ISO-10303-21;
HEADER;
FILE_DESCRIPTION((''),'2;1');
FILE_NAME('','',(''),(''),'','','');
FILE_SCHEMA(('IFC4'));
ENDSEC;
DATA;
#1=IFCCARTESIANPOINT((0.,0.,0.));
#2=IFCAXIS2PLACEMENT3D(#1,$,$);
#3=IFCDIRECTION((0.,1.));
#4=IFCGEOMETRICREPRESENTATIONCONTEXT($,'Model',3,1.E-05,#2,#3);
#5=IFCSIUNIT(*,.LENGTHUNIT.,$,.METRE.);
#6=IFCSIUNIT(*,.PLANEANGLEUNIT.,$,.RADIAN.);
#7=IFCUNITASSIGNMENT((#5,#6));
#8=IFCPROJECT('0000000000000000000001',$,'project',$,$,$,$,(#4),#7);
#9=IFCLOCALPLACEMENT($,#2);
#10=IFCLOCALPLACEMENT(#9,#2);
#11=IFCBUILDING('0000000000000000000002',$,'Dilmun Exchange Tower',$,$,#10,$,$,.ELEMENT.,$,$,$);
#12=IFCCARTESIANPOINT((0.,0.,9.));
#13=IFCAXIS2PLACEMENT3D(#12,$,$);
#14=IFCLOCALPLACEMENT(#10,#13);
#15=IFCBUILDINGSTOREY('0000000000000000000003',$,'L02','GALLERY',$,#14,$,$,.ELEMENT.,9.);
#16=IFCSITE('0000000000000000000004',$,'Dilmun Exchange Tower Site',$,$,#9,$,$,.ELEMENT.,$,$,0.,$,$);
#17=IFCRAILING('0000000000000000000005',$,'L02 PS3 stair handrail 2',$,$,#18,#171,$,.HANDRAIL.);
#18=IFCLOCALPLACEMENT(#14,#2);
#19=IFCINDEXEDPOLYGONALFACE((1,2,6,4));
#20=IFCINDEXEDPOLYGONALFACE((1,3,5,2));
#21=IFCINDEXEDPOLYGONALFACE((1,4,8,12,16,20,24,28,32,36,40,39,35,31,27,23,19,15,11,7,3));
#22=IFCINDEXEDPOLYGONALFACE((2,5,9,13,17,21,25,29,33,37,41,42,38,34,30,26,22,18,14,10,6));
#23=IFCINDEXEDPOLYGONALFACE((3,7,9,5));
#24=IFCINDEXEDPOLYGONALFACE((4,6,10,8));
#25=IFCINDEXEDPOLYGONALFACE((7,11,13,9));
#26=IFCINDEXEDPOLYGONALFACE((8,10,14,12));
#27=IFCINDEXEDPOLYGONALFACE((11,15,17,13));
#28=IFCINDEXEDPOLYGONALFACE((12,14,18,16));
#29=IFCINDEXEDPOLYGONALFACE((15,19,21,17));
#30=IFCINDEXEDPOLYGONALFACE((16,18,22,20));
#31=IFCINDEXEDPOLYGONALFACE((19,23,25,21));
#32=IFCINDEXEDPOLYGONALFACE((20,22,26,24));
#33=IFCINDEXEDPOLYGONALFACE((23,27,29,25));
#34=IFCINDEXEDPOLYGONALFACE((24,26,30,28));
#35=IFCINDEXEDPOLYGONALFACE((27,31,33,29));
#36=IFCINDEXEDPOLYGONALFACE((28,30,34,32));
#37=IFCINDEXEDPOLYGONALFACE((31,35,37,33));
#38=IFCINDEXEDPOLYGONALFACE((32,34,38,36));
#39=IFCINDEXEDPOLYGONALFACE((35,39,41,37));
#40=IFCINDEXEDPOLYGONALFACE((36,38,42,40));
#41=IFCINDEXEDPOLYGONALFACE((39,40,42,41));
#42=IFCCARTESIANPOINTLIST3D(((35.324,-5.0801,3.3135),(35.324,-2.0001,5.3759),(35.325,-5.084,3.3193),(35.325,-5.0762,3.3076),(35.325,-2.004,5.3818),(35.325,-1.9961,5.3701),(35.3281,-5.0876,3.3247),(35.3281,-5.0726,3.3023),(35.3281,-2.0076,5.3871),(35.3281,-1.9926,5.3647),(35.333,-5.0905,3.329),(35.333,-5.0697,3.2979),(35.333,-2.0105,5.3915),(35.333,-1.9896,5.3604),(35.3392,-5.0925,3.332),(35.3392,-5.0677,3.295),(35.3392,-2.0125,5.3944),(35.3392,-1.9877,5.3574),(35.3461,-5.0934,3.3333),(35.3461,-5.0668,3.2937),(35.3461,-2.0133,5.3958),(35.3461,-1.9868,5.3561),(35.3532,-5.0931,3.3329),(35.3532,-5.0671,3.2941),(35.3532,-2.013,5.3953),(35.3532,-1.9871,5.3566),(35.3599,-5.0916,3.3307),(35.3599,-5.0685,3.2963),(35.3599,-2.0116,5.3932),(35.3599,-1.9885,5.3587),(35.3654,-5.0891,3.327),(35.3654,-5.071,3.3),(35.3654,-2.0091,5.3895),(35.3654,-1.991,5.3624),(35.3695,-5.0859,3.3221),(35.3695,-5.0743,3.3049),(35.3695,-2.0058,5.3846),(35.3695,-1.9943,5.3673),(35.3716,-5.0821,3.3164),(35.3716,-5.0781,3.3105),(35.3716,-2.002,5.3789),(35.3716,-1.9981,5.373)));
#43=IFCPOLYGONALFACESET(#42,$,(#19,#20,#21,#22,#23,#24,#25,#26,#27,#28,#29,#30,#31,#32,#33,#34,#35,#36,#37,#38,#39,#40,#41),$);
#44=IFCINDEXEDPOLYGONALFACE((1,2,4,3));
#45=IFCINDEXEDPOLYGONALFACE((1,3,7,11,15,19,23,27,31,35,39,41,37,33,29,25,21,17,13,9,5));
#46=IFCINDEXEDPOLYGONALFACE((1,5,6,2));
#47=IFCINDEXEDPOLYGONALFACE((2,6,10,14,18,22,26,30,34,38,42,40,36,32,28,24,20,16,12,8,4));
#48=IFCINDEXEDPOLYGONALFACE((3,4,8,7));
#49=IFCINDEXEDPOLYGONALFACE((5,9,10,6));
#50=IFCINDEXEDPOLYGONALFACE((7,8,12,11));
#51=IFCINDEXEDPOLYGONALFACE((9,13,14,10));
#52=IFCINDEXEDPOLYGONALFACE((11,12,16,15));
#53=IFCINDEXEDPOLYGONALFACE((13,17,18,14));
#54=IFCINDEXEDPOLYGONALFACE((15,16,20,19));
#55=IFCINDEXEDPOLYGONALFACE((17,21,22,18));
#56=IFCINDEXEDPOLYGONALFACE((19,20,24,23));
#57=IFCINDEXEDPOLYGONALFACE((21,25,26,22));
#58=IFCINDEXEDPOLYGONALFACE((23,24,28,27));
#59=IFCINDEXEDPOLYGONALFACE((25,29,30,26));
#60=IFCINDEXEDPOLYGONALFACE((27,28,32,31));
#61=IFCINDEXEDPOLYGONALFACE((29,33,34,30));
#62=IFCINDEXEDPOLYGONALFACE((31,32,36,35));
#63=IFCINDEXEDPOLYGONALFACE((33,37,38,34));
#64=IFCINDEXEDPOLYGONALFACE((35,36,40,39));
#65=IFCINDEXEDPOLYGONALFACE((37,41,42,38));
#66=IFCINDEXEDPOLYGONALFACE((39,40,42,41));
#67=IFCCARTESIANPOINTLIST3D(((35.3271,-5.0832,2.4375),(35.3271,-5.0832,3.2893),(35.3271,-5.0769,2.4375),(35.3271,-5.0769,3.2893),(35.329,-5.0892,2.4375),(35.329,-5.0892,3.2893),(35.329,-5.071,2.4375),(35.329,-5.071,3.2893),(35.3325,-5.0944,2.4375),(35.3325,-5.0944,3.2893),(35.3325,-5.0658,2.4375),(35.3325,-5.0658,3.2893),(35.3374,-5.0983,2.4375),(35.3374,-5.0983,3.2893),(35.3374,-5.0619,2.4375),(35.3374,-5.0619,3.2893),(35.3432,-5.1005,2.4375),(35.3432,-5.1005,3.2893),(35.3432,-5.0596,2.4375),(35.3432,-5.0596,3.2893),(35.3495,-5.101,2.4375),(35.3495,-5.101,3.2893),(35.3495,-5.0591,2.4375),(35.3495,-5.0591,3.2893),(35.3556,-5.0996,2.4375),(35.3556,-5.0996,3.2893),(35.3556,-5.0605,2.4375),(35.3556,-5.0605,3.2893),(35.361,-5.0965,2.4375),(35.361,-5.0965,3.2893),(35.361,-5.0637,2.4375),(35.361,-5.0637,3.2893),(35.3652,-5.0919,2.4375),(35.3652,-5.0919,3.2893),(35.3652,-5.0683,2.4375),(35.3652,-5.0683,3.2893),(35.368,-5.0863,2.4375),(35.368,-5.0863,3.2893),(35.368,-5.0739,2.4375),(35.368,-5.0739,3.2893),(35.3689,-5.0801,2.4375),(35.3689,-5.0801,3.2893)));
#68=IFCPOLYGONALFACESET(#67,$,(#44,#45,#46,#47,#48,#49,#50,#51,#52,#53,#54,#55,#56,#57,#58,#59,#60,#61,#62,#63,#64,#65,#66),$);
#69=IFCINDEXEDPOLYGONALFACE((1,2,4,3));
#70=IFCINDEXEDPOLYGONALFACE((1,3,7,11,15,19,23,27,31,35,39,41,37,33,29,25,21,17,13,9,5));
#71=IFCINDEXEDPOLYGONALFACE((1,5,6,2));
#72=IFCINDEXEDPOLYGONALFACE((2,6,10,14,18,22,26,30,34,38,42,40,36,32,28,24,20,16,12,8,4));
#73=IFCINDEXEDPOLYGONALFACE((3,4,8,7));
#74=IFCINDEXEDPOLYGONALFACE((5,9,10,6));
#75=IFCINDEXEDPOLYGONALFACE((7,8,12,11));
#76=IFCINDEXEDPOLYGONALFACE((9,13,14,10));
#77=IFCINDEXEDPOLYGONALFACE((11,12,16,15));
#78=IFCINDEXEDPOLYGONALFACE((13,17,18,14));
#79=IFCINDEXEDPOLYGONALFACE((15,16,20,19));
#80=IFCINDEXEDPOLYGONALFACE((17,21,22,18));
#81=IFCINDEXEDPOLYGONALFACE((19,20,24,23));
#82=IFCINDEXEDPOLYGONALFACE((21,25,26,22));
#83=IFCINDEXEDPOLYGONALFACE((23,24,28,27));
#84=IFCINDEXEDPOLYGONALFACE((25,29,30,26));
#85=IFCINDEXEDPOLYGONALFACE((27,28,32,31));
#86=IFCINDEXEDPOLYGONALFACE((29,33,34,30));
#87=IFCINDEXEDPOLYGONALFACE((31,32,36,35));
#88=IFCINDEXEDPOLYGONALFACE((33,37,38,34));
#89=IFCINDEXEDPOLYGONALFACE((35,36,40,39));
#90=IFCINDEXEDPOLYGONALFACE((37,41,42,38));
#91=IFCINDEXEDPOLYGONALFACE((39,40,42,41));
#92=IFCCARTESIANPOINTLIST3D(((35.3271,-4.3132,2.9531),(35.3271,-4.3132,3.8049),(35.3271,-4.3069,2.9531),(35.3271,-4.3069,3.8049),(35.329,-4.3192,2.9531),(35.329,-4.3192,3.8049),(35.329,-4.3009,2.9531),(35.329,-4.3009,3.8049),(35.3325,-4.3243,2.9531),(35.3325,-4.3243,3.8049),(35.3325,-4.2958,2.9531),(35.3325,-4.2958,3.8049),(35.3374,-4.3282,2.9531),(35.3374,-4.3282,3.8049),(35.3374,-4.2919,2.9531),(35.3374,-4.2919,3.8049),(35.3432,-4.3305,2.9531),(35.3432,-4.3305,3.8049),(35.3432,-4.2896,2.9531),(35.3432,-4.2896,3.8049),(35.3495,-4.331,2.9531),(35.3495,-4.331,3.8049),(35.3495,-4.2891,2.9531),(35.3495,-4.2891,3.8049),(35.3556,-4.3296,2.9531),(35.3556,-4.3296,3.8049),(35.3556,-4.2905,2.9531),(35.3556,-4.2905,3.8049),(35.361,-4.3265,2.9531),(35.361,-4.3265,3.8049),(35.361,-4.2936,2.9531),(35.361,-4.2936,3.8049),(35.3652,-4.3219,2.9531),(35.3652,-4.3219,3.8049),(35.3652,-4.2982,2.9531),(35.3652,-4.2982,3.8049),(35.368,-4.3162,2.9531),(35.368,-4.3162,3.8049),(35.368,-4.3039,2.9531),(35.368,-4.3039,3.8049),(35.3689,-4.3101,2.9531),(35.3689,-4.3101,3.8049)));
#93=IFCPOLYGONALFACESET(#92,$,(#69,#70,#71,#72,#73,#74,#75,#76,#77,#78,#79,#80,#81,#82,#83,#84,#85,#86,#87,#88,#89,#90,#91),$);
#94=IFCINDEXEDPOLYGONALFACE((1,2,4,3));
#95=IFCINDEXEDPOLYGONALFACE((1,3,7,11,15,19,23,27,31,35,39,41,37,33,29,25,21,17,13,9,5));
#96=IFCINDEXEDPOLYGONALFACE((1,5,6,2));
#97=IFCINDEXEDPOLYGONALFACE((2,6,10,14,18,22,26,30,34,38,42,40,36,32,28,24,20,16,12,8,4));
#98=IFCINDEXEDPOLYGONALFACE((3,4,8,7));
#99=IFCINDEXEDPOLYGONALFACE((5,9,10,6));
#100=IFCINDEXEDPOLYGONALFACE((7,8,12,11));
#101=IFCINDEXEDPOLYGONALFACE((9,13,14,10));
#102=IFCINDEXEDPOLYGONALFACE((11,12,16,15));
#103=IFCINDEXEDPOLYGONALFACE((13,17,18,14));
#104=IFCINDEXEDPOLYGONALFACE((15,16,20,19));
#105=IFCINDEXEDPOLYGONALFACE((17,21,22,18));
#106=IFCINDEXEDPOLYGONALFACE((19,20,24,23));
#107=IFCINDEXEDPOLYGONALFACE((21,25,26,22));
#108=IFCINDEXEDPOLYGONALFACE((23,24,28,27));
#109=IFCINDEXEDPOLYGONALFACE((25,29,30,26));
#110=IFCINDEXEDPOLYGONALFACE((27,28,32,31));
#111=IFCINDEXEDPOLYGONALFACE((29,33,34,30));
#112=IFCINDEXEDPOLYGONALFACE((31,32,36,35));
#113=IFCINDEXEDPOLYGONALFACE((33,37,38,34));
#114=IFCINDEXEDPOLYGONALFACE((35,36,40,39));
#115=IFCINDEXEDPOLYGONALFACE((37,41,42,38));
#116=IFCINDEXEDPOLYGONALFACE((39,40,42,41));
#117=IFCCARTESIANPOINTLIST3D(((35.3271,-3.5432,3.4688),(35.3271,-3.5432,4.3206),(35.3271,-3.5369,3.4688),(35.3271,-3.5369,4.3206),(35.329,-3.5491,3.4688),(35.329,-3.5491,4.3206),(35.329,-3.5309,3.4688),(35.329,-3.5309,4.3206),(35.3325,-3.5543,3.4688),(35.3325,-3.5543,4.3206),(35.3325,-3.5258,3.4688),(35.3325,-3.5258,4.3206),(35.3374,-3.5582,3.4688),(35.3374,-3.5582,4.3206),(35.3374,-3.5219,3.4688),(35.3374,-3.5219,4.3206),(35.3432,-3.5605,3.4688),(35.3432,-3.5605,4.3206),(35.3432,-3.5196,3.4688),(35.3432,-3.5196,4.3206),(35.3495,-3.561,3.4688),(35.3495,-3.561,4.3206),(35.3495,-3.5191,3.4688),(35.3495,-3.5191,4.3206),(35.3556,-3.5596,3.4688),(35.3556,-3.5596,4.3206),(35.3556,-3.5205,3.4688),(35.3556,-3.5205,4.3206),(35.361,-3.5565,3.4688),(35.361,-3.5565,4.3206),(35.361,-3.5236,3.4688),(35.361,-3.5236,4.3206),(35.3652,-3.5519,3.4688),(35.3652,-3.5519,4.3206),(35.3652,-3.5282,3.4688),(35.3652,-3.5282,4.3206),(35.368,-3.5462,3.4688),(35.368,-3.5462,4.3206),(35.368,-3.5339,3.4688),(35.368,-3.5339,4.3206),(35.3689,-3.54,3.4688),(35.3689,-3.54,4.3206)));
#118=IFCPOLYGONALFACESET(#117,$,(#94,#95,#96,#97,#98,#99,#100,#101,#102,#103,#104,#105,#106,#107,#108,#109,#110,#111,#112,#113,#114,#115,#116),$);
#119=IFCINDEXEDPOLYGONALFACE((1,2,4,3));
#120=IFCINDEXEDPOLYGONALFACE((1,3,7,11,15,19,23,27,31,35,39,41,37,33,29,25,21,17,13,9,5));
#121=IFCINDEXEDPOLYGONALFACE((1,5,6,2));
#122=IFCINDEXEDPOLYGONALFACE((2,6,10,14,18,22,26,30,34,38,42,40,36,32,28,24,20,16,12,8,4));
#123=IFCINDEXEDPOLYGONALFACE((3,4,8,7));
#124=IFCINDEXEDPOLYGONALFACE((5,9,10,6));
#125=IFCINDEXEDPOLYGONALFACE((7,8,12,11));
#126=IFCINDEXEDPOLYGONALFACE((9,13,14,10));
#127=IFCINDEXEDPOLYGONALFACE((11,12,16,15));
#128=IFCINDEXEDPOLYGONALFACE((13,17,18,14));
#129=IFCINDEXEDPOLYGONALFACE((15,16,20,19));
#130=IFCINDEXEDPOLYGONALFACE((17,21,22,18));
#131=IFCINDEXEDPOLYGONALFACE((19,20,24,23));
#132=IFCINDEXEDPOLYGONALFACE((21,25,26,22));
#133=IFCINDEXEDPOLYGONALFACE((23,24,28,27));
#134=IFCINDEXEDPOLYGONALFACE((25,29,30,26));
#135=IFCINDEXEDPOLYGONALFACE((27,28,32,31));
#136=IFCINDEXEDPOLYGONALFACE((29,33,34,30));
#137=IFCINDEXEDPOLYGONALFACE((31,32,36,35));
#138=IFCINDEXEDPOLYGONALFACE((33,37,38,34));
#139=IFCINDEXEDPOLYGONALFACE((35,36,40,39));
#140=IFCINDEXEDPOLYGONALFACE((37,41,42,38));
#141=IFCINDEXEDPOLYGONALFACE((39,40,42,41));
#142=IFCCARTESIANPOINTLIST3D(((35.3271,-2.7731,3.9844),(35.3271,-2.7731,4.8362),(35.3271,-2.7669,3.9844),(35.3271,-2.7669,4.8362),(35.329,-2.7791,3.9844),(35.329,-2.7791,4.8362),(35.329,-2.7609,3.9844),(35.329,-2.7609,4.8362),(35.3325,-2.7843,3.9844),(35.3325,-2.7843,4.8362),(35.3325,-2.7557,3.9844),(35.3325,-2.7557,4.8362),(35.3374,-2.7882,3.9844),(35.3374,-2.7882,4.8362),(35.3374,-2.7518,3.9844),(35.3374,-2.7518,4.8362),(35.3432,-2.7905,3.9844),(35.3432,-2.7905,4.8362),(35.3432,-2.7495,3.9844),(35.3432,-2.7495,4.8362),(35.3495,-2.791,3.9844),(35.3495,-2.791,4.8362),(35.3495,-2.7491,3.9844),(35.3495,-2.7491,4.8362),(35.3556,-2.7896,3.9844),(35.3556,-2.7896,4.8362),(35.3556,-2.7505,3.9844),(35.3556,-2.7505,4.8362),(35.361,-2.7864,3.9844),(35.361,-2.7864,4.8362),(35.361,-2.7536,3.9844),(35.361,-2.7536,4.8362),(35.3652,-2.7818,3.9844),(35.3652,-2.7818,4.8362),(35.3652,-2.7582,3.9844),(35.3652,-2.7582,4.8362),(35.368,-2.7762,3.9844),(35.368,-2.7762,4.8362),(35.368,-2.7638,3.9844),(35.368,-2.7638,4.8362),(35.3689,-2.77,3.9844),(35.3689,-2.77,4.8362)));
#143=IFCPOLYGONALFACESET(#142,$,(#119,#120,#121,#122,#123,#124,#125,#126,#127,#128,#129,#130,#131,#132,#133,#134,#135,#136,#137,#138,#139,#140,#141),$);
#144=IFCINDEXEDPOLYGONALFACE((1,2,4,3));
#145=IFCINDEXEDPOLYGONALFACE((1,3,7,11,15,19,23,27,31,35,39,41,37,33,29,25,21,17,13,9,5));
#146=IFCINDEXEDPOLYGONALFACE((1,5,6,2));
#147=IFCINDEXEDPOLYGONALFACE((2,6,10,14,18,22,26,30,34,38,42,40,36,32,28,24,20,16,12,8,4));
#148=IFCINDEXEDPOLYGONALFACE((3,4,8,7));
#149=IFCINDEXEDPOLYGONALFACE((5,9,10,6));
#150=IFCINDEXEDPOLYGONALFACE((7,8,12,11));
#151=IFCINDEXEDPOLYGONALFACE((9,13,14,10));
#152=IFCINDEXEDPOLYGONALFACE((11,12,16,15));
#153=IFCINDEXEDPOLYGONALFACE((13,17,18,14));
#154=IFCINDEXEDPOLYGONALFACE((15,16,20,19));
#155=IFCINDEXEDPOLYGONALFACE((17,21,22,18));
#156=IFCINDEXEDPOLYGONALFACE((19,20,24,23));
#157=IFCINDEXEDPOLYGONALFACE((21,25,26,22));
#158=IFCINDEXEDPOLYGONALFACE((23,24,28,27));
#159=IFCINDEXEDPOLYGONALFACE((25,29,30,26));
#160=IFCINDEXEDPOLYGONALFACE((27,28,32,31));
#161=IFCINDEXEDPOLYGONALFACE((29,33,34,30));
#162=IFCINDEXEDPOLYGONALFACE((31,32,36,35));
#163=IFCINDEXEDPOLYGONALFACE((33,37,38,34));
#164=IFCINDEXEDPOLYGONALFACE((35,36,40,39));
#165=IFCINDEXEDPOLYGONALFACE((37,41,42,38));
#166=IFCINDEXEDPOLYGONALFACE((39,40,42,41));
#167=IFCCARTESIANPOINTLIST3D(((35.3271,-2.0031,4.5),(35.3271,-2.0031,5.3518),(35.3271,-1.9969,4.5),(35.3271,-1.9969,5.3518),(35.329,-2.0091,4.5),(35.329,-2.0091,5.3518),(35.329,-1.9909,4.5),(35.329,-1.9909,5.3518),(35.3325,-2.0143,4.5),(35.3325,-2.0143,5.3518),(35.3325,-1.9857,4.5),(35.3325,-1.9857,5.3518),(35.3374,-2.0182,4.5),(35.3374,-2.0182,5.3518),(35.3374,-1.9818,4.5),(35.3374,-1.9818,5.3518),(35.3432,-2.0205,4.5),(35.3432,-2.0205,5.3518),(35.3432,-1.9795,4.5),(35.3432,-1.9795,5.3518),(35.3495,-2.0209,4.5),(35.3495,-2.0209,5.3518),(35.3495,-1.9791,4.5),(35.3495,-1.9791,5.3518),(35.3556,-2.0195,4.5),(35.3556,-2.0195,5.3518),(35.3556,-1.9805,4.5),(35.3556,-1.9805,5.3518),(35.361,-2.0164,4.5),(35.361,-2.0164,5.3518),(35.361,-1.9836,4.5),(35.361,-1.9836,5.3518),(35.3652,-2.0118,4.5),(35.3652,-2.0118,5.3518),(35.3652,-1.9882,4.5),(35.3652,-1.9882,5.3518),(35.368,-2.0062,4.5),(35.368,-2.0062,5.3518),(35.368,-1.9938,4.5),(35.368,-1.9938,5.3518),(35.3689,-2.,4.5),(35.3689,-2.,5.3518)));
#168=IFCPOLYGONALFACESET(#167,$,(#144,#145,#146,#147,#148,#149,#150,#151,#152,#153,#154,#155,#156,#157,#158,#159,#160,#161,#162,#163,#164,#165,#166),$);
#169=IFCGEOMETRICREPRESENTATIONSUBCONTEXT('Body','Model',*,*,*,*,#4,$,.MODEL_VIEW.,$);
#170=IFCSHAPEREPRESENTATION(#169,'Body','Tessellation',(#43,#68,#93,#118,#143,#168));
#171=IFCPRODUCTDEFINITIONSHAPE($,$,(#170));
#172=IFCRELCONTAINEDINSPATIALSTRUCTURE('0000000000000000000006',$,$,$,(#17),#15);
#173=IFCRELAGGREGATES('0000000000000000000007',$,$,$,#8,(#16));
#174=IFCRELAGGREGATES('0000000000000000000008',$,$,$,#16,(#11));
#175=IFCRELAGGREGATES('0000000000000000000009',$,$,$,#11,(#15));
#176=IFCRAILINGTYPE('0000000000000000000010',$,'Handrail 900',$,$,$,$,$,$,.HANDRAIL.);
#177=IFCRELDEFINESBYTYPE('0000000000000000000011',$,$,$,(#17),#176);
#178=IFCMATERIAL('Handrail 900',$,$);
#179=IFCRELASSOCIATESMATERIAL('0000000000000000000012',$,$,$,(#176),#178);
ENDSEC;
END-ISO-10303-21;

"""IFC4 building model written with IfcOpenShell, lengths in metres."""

from ifc_helpers import new_model, si_unit, direction, frame, origin, origin_2d, place, context, subcontext, project, spatial, circle, extrude, material, type_object, element, save


model = new_model("IFC4")

# Units and contexts
model_context = context("Model", 3, precision=1e-05, world=origin(), true_north=direction((0.0, 1.0)))
body_context = subcontext(model_context, "Body", "Model", "MODEL_VIEW")
ifc_project = project(units=[si_unit("LENGTHUNIT", "METRE"), si_unit("PLANEANGLEUNIT", "RADIAN")], contexts=[model_context])

# Site, building, storey
site_placement = place(None, origin())
site = spatial("IfcSite", under=ifc_project, at=site_placement, Name="Dilmun Exchange Tower Site", CompositionType="ELEMENT", RefElevation=0.0)
building_placement = place(site_placement, origin())
building = spatial("IfcBuilding", under=site, at=building_placement, Name="Dilmun Exchange Tower", CompositionType="ELEMENT")
storey_placement = place(building_placement, frame((0.0, 0.0, 9.0)))
storey = spatial("IfcBuildingStorey", under=building, at=storey_placement, Name="L02", Description="GALLERY", CompositionType="ELEMENT", Elevation=9.0)

# Railing
ifc_material_1 = material(Name="Handrail 900")
railing_type_1 = type_object("IfcRailingType", Name="Handrail 900", PredefinedType="HANDRAIL", material=ifc_material_1)
railing_1_placement = place(storey_placement, frame((35.3479, -5.0801, 2.4375)))
element("IfcRailing", 1, at=railing_1_placement, inside=storey, type_object=railing_type_1, Name="L02 PS3 stair handrail 2", PredefinedType="HANDRAIL", context=body_context, shape_type="SweptSolid", body=[
    extrude(circle(Radius=0.0239, at=origin_2d()), frame((0.0, 0.0, 0.876), z_axis=(0.0, 0.830914, 0.556401), x_axis=(-1.0, 0.0, 0.0)), (0.0, 0.0, 1.0), 3.7068),
    extrude(circle(Radius=0.021, at=origin_2d()), origin(), (0.0, 0.0, 1.0), 0.8518),
    extrude(circle(Radius=0.021, at=origin_2d()), frame((0.0, 0.77, 0.5156)), (0.0, 0.0, 1.0), 0.8518),
    extrude(circle(Radius=0.021, at=origin_2d()), frame((0.0, 1.54, 1.0312)), (0.0, 0.0, 1.0), 0.8518),
    extrude(circle(Radius=0.021, at=origin_2d()), frame((0.0, 2.3101, 1.5469)), (0.0, 0.0, 1.0), 0.8518),
    extrude(circle(Radius=0.021, at=origin_2d()), frame((0.0, 3.0801, 2.0625)), (0.0, 0.0, 1.0), 0.8518),
])

save(model, "model.ifc")
